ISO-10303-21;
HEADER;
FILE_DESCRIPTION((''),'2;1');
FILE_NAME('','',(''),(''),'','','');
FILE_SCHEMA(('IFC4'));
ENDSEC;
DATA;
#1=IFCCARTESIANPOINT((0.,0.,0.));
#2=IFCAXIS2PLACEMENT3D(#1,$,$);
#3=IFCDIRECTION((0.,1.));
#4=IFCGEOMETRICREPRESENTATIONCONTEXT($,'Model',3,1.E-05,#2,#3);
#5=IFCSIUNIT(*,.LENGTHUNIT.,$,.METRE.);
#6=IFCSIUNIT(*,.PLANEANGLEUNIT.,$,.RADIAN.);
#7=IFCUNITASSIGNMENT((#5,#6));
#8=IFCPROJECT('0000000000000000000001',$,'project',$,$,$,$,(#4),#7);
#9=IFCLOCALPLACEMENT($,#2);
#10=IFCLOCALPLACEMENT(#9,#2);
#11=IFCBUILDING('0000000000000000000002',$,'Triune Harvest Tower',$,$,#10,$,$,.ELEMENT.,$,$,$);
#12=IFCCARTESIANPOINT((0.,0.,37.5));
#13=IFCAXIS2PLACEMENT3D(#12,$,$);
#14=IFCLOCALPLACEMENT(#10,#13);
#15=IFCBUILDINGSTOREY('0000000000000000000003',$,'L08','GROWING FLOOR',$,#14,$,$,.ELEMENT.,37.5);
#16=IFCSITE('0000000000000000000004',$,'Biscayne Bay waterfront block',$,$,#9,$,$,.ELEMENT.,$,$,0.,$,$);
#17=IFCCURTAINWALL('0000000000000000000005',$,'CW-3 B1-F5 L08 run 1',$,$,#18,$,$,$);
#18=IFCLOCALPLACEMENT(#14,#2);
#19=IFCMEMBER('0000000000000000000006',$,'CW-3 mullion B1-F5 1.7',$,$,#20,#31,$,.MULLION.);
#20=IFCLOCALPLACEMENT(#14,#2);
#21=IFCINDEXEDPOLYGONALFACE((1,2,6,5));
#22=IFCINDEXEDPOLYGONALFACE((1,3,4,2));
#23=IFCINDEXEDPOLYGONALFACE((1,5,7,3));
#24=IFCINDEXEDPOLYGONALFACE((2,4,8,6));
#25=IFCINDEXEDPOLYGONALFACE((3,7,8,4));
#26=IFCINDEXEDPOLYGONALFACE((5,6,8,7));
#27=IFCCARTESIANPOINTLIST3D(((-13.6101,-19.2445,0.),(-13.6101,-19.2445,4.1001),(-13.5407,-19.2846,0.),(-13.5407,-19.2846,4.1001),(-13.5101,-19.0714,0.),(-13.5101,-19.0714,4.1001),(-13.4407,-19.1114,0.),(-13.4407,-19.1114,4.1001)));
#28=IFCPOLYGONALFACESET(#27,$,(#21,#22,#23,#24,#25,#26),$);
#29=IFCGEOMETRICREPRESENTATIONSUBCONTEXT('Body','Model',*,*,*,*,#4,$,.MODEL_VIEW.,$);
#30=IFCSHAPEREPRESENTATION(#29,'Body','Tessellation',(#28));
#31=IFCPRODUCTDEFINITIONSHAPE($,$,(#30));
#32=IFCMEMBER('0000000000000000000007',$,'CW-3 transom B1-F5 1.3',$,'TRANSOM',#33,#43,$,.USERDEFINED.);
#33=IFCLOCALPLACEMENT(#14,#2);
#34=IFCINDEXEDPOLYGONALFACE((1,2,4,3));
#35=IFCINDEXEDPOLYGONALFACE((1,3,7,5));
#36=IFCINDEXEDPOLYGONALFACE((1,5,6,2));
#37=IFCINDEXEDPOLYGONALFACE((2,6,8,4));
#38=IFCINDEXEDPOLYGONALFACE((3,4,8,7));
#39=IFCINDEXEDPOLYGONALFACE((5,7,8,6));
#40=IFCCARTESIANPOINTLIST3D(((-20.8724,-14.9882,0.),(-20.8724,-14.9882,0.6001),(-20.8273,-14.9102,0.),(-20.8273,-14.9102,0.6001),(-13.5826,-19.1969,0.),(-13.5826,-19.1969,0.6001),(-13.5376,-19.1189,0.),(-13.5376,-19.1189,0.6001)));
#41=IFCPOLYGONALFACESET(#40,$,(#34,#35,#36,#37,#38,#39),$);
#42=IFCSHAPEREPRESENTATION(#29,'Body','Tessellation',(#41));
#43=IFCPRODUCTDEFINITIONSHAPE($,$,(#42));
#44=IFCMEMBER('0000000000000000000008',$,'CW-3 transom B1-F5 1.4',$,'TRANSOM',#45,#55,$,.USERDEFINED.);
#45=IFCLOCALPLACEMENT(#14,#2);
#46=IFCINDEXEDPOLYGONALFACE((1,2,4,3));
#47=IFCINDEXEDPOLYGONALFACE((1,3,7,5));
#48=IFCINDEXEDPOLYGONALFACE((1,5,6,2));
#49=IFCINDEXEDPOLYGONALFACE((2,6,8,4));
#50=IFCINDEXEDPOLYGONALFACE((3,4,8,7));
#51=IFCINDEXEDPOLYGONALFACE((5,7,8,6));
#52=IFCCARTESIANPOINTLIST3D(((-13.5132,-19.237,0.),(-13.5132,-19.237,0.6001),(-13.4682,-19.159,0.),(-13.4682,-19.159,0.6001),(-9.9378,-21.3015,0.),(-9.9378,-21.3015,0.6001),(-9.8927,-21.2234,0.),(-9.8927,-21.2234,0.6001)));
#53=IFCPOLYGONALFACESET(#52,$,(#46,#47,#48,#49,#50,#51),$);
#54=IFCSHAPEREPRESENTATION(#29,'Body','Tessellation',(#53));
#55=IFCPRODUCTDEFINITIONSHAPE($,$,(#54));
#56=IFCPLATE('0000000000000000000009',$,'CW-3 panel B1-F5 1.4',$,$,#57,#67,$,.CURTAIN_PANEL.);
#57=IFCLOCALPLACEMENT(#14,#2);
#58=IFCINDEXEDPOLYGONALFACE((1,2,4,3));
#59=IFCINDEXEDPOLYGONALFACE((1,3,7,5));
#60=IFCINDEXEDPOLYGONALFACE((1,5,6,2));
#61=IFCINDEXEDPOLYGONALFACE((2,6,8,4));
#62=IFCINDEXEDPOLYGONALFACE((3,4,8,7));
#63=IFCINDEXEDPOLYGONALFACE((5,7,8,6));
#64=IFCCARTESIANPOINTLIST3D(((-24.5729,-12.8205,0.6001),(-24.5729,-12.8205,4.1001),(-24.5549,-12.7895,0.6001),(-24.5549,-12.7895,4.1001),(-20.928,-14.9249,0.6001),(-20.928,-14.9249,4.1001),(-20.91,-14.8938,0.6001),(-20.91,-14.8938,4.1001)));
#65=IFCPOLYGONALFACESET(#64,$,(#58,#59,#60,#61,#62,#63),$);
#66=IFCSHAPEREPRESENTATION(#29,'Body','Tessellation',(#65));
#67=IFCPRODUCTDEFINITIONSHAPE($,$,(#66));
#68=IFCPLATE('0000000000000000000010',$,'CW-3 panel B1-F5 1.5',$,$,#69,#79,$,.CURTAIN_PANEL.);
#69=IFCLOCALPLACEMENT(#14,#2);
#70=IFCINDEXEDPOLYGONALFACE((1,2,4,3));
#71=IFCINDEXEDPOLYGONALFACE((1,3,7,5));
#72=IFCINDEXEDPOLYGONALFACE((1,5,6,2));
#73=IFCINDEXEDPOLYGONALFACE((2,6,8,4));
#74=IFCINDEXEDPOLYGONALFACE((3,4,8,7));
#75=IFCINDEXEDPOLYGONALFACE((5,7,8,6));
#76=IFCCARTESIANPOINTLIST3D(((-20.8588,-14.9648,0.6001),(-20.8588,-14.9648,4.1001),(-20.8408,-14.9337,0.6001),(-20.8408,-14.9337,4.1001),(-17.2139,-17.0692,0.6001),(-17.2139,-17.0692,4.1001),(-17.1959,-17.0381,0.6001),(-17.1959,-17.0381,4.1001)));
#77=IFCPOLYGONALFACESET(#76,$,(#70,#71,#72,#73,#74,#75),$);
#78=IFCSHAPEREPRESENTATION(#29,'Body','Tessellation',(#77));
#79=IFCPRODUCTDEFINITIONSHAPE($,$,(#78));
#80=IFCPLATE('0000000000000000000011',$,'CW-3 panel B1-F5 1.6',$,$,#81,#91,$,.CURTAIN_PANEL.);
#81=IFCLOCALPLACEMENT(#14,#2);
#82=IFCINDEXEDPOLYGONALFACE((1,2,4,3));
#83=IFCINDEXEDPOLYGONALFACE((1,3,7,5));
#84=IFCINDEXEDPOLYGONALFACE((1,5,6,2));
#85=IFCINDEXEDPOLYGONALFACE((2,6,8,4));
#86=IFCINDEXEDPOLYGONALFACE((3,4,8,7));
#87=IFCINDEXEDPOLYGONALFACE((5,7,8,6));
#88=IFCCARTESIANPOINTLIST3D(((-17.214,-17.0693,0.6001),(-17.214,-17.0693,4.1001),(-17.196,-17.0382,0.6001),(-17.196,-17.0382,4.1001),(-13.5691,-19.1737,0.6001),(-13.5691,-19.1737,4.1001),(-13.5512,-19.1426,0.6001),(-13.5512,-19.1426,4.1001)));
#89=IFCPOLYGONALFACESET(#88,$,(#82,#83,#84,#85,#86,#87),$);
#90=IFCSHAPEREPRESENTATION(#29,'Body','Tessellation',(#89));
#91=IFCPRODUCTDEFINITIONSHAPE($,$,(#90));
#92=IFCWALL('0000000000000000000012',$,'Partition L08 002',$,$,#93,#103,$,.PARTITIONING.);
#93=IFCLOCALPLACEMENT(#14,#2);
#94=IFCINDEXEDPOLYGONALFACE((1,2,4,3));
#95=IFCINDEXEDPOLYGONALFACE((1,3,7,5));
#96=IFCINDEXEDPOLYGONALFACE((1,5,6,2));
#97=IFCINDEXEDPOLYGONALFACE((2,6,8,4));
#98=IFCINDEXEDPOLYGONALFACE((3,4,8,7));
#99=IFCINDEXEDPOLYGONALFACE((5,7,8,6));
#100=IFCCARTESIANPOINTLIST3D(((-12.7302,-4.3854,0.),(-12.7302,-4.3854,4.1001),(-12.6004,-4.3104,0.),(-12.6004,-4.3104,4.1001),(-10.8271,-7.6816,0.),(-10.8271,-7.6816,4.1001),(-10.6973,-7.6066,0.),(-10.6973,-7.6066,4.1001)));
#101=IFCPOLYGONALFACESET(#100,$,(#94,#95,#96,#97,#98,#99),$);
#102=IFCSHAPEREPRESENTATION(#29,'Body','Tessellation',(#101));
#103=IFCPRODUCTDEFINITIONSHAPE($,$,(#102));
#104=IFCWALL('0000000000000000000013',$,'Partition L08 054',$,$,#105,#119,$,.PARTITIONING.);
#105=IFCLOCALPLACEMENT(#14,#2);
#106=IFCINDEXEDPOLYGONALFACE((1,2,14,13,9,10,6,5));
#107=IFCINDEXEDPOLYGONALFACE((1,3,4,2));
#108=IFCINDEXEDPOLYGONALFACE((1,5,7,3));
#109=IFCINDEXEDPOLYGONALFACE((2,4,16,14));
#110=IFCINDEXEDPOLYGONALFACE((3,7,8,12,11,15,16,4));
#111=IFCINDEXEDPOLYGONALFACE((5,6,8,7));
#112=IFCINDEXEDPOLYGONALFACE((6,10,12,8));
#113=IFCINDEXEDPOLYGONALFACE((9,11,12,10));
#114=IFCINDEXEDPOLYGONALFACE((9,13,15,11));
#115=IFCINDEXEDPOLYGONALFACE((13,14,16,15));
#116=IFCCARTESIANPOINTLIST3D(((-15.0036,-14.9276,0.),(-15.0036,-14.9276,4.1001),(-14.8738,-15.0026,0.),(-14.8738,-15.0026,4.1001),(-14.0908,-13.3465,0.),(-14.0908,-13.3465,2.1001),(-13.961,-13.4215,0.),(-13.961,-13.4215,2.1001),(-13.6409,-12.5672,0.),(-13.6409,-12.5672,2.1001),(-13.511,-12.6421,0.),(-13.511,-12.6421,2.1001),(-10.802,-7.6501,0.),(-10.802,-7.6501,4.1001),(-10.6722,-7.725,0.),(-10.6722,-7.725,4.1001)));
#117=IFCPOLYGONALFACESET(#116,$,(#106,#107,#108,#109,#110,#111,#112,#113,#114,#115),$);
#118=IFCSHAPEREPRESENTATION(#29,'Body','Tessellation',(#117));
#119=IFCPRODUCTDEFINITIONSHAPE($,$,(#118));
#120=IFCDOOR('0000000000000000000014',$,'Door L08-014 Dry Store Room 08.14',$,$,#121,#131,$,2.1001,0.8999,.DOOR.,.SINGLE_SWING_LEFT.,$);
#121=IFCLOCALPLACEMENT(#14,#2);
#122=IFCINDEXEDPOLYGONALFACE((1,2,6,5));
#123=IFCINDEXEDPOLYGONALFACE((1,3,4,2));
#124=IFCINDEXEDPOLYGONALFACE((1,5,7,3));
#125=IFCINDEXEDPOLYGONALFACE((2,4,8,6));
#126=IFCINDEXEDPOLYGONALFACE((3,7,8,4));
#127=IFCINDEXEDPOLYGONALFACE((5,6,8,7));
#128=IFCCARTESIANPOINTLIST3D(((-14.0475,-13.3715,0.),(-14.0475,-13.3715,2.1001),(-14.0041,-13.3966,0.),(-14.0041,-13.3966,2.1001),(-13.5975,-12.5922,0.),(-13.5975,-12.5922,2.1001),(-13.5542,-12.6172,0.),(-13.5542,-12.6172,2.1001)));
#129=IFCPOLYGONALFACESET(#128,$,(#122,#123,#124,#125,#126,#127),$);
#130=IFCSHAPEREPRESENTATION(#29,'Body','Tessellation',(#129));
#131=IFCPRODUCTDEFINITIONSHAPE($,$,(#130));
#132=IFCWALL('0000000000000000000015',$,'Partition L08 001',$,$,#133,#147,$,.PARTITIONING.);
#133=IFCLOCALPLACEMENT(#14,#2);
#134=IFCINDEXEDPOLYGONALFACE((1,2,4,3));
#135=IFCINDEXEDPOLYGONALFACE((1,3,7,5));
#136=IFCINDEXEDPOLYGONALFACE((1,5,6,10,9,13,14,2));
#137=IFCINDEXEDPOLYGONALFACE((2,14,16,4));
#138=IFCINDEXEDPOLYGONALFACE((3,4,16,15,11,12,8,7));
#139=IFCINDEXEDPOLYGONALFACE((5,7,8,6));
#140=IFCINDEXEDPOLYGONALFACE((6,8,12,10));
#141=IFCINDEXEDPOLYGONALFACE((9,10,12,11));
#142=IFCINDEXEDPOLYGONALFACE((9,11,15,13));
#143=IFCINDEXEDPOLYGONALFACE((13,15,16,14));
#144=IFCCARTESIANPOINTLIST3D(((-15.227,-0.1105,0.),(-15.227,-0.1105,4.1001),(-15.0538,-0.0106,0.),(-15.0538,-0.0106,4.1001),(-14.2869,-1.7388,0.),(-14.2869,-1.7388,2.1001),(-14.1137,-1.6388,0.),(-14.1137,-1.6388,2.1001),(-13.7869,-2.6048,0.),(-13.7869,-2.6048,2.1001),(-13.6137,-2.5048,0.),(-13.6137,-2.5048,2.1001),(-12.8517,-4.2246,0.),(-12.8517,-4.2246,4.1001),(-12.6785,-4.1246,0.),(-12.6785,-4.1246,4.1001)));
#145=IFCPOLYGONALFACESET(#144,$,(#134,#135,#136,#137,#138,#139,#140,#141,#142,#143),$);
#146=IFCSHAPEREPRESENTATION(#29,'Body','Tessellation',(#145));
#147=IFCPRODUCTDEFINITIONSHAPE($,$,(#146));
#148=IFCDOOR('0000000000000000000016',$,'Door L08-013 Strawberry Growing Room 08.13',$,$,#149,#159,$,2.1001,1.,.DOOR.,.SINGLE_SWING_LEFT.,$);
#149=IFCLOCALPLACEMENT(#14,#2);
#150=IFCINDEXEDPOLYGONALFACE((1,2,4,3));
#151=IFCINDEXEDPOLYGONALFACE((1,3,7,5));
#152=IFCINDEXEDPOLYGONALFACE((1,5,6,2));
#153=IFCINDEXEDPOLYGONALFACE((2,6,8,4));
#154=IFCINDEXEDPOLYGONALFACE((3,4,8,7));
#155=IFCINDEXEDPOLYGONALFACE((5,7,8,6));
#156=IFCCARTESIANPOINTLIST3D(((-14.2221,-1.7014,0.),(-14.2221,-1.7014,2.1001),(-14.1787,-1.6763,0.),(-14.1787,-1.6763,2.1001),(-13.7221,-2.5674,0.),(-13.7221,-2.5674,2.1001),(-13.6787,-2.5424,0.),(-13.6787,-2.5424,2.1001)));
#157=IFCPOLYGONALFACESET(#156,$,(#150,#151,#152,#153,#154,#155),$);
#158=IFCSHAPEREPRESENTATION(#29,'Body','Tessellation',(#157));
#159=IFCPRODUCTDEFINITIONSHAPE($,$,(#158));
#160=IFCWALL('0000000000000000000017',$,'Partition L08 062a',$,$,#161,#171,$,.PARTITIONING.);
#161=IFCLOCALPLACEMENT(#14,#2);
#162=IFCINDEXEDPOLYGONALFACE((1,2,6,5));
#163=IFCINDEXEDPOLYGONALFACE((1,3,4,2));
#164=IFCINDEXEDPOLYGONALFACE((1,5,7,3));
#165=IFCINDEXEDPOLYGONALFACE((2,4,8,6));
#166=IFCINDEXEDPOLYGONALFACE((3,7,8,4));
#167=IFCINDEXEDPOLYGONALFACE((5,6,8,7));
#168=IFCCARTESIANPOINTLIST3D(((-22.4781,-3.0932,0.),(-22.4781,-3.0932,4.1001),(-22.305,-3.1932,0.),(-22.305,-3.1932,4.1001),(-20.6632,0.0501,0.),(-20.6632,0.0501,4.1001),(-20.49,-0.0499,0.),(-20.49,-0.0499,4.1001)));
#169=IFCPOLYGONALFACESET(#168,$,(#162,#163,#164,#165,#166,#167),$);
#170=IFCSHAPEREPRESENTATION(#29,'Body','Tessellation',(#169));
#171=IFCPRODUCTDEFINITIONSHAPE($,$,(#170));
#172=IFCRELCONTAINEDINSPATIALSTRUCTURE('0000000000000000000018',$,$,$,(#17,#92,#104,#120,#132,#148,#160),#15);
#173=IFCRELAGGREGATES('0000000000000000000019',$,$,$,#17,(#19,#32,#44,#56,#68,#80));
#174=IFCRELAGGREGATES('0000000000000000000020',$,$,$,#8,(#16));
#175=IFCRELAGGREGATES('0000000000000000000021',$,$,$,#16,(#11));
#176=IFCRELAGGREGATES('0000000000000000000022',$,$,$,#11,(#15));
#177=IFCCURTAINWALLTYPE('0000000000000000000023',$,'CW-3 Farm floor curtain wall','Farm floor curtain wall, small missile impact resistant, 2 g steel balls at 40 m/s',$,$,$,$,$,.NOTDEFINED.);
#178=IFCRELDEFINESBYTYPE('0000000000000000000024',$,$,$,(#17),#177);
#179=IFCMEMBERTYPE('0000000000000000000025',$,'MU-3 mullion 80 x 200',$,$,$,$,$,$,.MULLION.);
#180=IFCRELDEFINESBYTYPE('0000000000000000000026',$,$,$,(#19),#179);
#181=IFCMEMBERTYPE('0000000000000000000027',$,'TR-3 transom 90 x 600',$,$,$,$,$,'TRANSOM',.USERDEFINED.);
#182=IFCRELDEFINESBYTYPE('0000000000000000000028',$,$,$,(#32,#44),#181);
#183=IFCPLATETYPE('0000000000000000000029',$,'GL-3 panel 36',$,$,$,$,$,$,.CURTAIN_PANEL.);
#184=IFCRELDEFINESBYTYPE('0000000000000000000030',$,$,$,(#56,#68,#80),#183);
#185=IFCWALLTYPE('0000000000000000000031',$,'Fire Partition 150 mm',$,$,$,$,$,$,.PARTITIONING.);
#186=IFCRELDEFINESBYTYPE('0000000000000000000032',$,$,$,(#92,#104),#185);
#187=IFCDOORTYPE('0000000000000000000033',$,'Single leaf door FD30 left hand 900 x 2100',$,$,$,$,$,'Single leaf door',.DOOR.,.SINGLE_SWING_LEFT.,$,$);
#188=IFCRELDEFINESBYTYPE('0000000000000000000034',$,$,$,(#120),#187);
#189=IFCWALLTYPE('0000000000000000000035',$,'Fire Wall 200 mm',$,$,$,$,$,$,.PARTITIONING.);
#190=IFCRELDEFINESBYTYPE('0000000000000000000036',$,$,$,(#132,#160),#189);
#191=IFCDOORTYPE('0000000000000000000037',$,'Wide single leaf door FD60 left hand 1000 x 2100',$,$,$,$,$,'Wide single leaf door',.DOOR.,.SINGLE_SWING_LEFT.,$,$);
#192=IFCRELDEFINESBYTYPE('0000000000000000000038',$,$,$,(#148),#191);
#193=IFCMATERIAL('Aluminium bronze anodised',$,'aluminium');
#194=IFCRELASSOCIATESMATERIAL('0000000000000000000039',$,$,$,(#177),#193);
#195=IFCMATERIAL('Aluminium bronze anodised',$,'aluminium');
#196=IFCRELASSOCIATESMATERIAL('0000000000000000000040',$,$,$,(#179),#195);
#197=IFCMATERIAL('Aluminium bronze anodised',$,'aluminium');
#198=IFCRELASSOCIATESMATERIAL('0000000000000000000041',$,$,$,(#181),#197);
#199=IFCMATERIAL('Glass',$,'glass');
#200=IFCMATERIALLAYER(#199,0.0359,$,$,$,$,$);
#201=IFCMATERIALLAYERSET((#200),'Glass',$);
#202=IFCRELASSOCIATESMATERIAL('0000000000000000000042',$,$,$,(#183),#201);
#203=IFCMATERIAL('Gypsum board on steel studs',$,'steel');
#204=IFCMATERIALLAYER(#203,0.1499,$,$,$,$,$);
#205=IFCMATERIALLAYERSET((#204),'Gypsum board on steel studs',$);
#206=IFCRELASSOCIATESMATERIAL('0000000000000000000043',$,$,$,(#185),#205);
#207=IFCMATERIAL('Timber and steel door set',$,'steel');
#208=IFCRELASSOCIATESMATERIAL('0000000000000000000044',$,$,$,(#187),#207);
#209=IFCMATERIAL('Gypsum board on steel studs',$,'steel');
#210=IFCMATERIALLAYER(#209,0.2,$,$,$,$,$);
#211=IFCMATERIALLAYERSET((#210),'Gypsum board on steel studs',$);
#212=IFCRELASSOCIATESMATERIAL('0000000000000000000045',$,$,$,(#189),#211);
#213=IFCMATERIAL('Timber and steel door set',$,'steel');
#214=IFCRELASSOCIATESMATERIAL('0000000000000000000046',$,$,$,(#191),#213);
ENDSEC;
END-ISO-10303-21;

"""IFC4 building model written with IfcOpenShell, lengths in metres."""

from ifc_helpers import new_model, si_unit, direction, frame, frame_2d, origin, origin_2d, place, context, subcontext, project, spatial, rectangle, extrude, source, transform, mapped, material, layer, layer_set, material_profile, profile_set, type_object, element, fill, aggregate, save


model = new_model("IFC4")

# Units and contexts
model_context = context("Model", 3, precision=1e-05, world=origin(), true_north=direction((0.0, 1.0)))
body_context = subcontext(model_context, "Body", "Model", "MODEL_VIEW")
ifc_project = project(units=[si_unit("LENGTHUNIT", "METRE"), si_unit("PLANEANGLEUNIT", "RADIAN")], contexts=[model_context])

# Site, building, storey
site_placement = place(None, origin())
site = spatial("IfcSite", under=ifc_project, at=site_placement, Name="Biscayne Bay waterfront block", CompositionType="ELEMENT", RefElevation=0.0)
building_placement = place(site_placement, origin())
building = spatial("IfcBuilding", under=site, at=building_placement, Name="Triune Harvest Tower", CompositionType="ELEMENT")
storey_placement = place(building_placement, frame((0.0, 0.0, 37.5)))
storey = spatial("IfcBuildingStorey", under=building, at=storey_placement, Name="L08", Description="GROWING FLOOR", CompositionType="ELEMENT", Elevation=37.5)

# Curtain wall, members, plates
ifc_material_1 = material(Name="Aluminium bronze anodised", Category="aluminium")
curtain_wall_type = type_object("IfcCurtainWallType", Name="CW-3 Farm floor curtain wall", Description="Farm floor curtain wall, small missile impact resistant, 2 g steel balls at 40 m/s", PredefinedType="NOTDEFINED", material=ifc_material_1)
curtain_wall_placement = place(storey_placement, origin())
curtain_wall = element("IfcCurtainWall", 1, at=curtain_wall_placement, inside=storey, type_object=curtain_wall_type, Name="CW-3 B1-F5 L08 run 1")
ifc_material_2 = material(Name="Aluminium bronze anodised", Category="aluminium")
ifc_material_profile_1 = material_profile(ifc_material_2, rectangle(XDim=0.2, YDim=0.0801, at=origin_2d()), Name="MU-3 mullion 80 x 200")
ifc_profile_set_1 = profile_set([ifc_material_profile_1], Name="Aluminium bronze anodised")
member_type_1 = type_object("IfcMemberType", Name="MU-3 mullion 80 x 200", PredefinedType="MULLION", material=ifc_profile_set_1)
shared_shape_1 = source(origin(), body_context, "Body", "SweptSolid", [
    extrude(rectangle(XDim=0.2, YDim=0.0801, at=origin_2d()), origin(), (0.0, 0.0, 1.0), 4.1001),
])
member_1_placement = place(storey_placement, frame((-13.5254, -19.178, 0.0), z_axis=(0.0, 0.0, 1.0), x_axis=(0.5, 0.866026, 0.0)))
member_1 = element("IfcMember", 2, at=member_1_placement, type_object=member_type_1, Name="CW-3 mullion B1-F5 1.7", PredefinedType="MULLION", context=body_context, shape_type="MappedRepresentation", body=[
    mapped(shared_shape_1, transform((0.0, 0.0, 0.0), scale=1.0)),
])
ifc_material_3 = material(Name="Aluminium bronze anodised", Category="aluminium")
ifc_material_profile_2 = material_profile(ifc_material_3, rectangle(XDim=0.0901, YDim=0.6001, at=origin_2d()), Name="TR-3 transom 90 x 600")
ifc_profile_set_2 = profile_set([ifc_material_profile_2], Name="Aluminium bronze anodised")
member_type_2 = type_object("IfcMemberType", Name="TR-3 transom 90 x 600", ElementType="TRANSOM", PredefinedType="USERDEFINED", material=ifc_profile_set_2)
shared_shape_2 = source(origin(), body_context, "Body", "SweptSolid", [
    extrude(rectangle(XDim=0.0901, YDim=0.6001, at=origin_2d()), origin(), (0.0, 0.0, 1.0), 8.4175),
])
member_2_placement = place(storey_placement, frame((-20.8499, -14.9492, 0.3), z_axis=(0.866027, -0.499998, 0.0), x_axis=(0.499998, 0.866027, 0.0)))
member_2 = element("IfcMember", 3, at=member_2_placement, type_object=member_type_2, Name="CW-3 transom B1-F5 1.3", ObjectType="TRANSOM", PredefinedType="USERDEFINED", context=body_context, shape_type="MappedRepresentation", body=[
    mapped(shared_shape_2, transform((0.0, 0.0, 0.0), scale=1.0)),
])
shared_shape_3 = source(origin(), body_context, "Body", "SweptSolid", [
    extrude(rectangle(XDim=0.0901, YDim=0.6001, at=origin_2d()), origin(), (0.0, 0.0, 1.0), 4.1287),
])
member_3_placement = place(storey_placement, frame((-13.4907, -19.198, 0.3), z_axis=(0.866007, -0.500031, 0.0), x_axis=(0.500031, 0.866007, 0.0)))
member_3 = element("IfcMember", 4, at=member_3_placement, type_object=member_type_2, Name="CW-3 transom B1-F5 1.4", ObjectType="TRANSOM", PredefinedType="USERDEFINED", context=body_context, shape_type="MappedRepresentation", body=[
    mapped(shared_shape_3, transform((0.0, 0.0, 0.0), scale=1.0)),
])
ifc_material_4 = material(Name="Glass", Category="glass")
ifc_layer_1 = layer(ifc_material_4, 0.0359)
ifc_layer_set_1 = layer_set([ifc_layer_1], Name="Glass")
plate_type = type_object("IfcPlateType", Name="GL-3 panel 36", PredefinedType="CURTAIN_PANEL", material=ifc_layer_set_1)
shared_shape_4 = source(origin(), body_context, "Body", "SweptSolid", [
    extrude(rectangle(XDim=4.2087, YDim=0.0359, at=origin_2d()), origin(), (0.0, 0.0, 1.0), 3.5),
])
plate_1_placement = place(storey_placement, frame((-22.7415, -13.8572, 0.6001), z_axis=(0.0, 0.0, 1.0), x_axis=(0.866026, -0.5, 0.0)))
plate_1 = element("IfcPlate", 5, at=plate_1_placement, type_object=plate_type, Name="CW-3 panel B1-F5 1.4", PredefinedType="CURTAIN_PANEL", context=body_context, shape_type="MappedRepresentation", body=[
    mapped(shared_shape_4, transform((0.0, 0.0, 0.0), scale=1.0)),
])
plate_2_placement = place(storey_placement, frame((-19.0273, -16.0015, 0.6001), z_axis=(0.0, 0.0, 1.0), x_axis=(0.866026, -0.5, 0.0)))
plate_2 = element("IfcPlate", 6, at=plate_2_placement, type_object=plate_type, Name="CW-3 panel B1-F5 1.5", PredefinedType="CURTAIN_PANEL", context=body_context, shape_type="MappedRepresentation", body=[
    mapped(shared_shape_4, transform((0.0, 0.0, 0.0), scale=1.0)),
])
plate_3_placement = place(storey_placement, frame((-15.3826, -18.106, 0.6001), z_axis=(0.0, 0.0, 1.0), x_axis=(0.866026, -0.5, 0.0)))
plate_3 = element("IfcPlate", 7, at=plate_3_placement, type_object=plate_type, Name="CW-3 panel B1-F5 1.6", PredefinedType="CURTAIN_PANEL", context=body_context, shape_type="MappedRepresentation", body=[
    mapped(shared_shape_4, transform((0.0, 0.0, 0.0), scale=1.0)),
])
aggregate(curtain_wall, [member_1, member_2, member_3, plate_1, plate_2, plate_3])

# Wall
ifc_material_5 = material(Name="Gypsum board on steel studs", Category="steel")
ifc_layer_2 = layer(ifc_material_5, 0.1499)
ifc_layer_set_2 = layer_set([ifc_layer_2], Name="Gypsum board on steel studs")
wall_type_1 = type_object("IfcWallType", Name="Fire Partition 150 mm", PredefinedType="PARTITIONING", material=ifc_layer_set_2)
wall_1_placement = place(storey_placement, frame((-12.6653, -4.3479, 0.0), z_axis=(0.0, 0.0, 1.0), x_axis=(0.500009, -0.86602, 0.0)))
element("IfcWall", 8, at=wall_1_placement, inside=storey, type_object=wall_type_1, Name="Partition L08 002", PredefinedType="PARTITIONING", context=body_context, shape_type="SweptSolid", body=[
    extrude(rectangle(XDim=3.8062, YDim=0.1499, at=frame_2d((1.9031, 0.0))), origin(), (0.0, 0.0, 1.0), 4.1001),
])

# Walls, openings, doors
wall_2_placement = place(storey_placement, frame((-14.9387, -14.9651, 0.0), z_axis=(0.0, 0.0, 1.0), x_axis=(0.499995, 0.866028, 0.0)))
wall_2 = element("IfcWall", 9, at=wall_2_placement, inside=storey, type_object=wall_type_1, Name="Partition L08 054", PredefinedType="PARTITIONING", context=body_context, shape_type="SweptSolid", body=[
    extrude(rectangle(XDim=8.4033, YDim=0.1499, at=frame_2d((4.2017, 0.0))), origin(), (0.0, 0.0, 1.0), 4.1001),
])
opening_1_placement = place(wall_2_placement, frame((1.8257, 0.0, 0.0)))
opening_1 = element("IfcOpeningElement", 10, at=opening_1_placement, cuts=wall_2, PredefinedType="OPENING", context=body_context, shape_type="SweptSolid", body=[
    extrude(rectangle(XDim=0.8999, YDim=2.1001, at=frame_2d((0.45, 1.05))), frame((0.0, 0.085, 0.0), z_axis=(0.0, -1.0, 0.0), x_axis=(1.0, 0.0, 0.0)), (0.0, 0.0, 1.0), 0.1699),
])
ifc_material_6 = material(Name="Timber and steel door set", Category="steel")
door_type_1 = type_object("IfcDoorType", Name="Single leaf door FD30 left hand 900 x 2100", ElementType="Single leaf door", OperationType="SINGLE_SWING_LEFT", PredefinedType="DOOR", material=ifc_material_6)
door_1_placement = place(opening_1_placement, origin())
door_1 = element("IfcDoor", 11, at=door_1_placement, inside=storey, type_object=door_type_1, Name="Door L08-014 Dry Store Room 08.14", OperationType="SINGLE_SWING_LEFT", OverallHeight=2.1001, OverallWidth=0.8999, PredefinedType="DOOR", context=body_context, shape_type="SweptSolid", body=[
    extrude(rectangle(XDim=0.8999, YDim=2.1001, at=frame_2d((0.45, 1.05))), frame((0.0, 0.0249, 0.0), z_axis=(0.0, -1.0, 0.0), x_axis=(1.0, 0.0, 0.0)), (0.0, 0.0, 1.0), 0.05),
])
fill(opening_1, door_1)
ifc_material_7 = material(Name="Gypsum board on steel studs", Category="steel")
ifc_layer_3 = layer(ifc_material_7, 0.2)
ifc_layer_set_3 = layer_set([ifc_layer_3], Name="Gypsum board on steel studs")
wall_type_2 = type_object("IfcWallType", Name="Fire Wall 200 mm", PredefinedType="PARTITIONING", material=ifc_layer_set_3)
wall_3_placement = place(storey_placement, frame((-15.1404, -0.0605, 0.0), z_axis=(0.0, 0.0, 1.0), x_axis=(0.500003, -0.866024, 0.0)))
wall_3 = element("IfcWall", 12, at=wall_3_placement, inside=storey, type_object=wall_type_2, Name="Partition L08 001", PredefinedType="PARTITIONING", context=body_context, shape_type="SweptSolid", body=[
    extrude(rectangle(XDim=4.7505, YDim=0.2, at=frame_2d((2.3752, 0.0))), origin(), (0.0, 0.0, 1.0), 4.1001),
])
opening_2_placement = place(wall_3_placement, frame((1.8801, 0.0, 0.0)))
opening_2 = element("IfcOpeningElement", 13, at=opening_2_placement, cuts=wall_3, PredefinedType="OPENING", context=body_context, shape_type="SweptSolid", body=[
    extrude(rectangle(XDim=1.0, YDim=2.1001, at=frame_2d((0.5, 1.05))), frame((0.0, 0.1099, 0.0), z_axis=(0.0, -1.0, 0.0), x_axis=(1.0, 0.0, 0.0)), (0.0, 0.0, 1.0), 0.22),
])
ifc_material_8 = material(Name="Timber and steel door set", Category="steel")
door_type_2 = type_object("IfcDoorType", Name="Wide single leaf door FD60 left hand 1000 x 2100", ElementType="Wide single leaf door", OperationType="SINGLE_SWING_LEFT", PredefinedType="DOOR", material=ifc_material_8)
door_2_placement = place(opening_2_placement, origin())
door_2 = element("IfcDoor", 14, at=door_2_placement, inside=storey, type_object=door_type_2, Name="Door L08-013 Strawberry Growing Room 08.13", OperationType="SINGLE_SWING_LEFT", OverallHeight=2.1001, OverallWidth=1.0, PredefinedType="DOOR", context=body_context, shape_type="SweptSolid", body=[
    extrude(rectangle(XDim=1.0, YDim=2.1001, at=frame_2d((0.5, 1.05))), frame((0.0, 0.0249, 0.0), z_axis=(0.0, -1.0, 0.0), x_axis=(1.0, 0.0, 0.0)), (0.0, 0.0, 1.0), 0.05),
])
fill(opening_2, door_2)

# Wall
wall_4_placement = place(storey_placement, frame((-22.3916, -3.1433, 0.0), z_axis=(0.0, 0.0, 1.0), x_axis=(0.500031, 0.866007, 0.0)))
element("IfcWall", 15, at=wall_4_placement, inside=storey, type_object=wall_type_2, Name="Partition L08 062a", PredefinedType="PARTITIONING", context=body_context, shape_type="SweptSolid", body=[
    extrude(rectangle(XDim=3.6296, YDim=0.2, at=frame_2d((1.8149, 0.0))), origin(), (0.0, 0.0, 1.0), 4.1001),
])

save(model, "model.ifc")
